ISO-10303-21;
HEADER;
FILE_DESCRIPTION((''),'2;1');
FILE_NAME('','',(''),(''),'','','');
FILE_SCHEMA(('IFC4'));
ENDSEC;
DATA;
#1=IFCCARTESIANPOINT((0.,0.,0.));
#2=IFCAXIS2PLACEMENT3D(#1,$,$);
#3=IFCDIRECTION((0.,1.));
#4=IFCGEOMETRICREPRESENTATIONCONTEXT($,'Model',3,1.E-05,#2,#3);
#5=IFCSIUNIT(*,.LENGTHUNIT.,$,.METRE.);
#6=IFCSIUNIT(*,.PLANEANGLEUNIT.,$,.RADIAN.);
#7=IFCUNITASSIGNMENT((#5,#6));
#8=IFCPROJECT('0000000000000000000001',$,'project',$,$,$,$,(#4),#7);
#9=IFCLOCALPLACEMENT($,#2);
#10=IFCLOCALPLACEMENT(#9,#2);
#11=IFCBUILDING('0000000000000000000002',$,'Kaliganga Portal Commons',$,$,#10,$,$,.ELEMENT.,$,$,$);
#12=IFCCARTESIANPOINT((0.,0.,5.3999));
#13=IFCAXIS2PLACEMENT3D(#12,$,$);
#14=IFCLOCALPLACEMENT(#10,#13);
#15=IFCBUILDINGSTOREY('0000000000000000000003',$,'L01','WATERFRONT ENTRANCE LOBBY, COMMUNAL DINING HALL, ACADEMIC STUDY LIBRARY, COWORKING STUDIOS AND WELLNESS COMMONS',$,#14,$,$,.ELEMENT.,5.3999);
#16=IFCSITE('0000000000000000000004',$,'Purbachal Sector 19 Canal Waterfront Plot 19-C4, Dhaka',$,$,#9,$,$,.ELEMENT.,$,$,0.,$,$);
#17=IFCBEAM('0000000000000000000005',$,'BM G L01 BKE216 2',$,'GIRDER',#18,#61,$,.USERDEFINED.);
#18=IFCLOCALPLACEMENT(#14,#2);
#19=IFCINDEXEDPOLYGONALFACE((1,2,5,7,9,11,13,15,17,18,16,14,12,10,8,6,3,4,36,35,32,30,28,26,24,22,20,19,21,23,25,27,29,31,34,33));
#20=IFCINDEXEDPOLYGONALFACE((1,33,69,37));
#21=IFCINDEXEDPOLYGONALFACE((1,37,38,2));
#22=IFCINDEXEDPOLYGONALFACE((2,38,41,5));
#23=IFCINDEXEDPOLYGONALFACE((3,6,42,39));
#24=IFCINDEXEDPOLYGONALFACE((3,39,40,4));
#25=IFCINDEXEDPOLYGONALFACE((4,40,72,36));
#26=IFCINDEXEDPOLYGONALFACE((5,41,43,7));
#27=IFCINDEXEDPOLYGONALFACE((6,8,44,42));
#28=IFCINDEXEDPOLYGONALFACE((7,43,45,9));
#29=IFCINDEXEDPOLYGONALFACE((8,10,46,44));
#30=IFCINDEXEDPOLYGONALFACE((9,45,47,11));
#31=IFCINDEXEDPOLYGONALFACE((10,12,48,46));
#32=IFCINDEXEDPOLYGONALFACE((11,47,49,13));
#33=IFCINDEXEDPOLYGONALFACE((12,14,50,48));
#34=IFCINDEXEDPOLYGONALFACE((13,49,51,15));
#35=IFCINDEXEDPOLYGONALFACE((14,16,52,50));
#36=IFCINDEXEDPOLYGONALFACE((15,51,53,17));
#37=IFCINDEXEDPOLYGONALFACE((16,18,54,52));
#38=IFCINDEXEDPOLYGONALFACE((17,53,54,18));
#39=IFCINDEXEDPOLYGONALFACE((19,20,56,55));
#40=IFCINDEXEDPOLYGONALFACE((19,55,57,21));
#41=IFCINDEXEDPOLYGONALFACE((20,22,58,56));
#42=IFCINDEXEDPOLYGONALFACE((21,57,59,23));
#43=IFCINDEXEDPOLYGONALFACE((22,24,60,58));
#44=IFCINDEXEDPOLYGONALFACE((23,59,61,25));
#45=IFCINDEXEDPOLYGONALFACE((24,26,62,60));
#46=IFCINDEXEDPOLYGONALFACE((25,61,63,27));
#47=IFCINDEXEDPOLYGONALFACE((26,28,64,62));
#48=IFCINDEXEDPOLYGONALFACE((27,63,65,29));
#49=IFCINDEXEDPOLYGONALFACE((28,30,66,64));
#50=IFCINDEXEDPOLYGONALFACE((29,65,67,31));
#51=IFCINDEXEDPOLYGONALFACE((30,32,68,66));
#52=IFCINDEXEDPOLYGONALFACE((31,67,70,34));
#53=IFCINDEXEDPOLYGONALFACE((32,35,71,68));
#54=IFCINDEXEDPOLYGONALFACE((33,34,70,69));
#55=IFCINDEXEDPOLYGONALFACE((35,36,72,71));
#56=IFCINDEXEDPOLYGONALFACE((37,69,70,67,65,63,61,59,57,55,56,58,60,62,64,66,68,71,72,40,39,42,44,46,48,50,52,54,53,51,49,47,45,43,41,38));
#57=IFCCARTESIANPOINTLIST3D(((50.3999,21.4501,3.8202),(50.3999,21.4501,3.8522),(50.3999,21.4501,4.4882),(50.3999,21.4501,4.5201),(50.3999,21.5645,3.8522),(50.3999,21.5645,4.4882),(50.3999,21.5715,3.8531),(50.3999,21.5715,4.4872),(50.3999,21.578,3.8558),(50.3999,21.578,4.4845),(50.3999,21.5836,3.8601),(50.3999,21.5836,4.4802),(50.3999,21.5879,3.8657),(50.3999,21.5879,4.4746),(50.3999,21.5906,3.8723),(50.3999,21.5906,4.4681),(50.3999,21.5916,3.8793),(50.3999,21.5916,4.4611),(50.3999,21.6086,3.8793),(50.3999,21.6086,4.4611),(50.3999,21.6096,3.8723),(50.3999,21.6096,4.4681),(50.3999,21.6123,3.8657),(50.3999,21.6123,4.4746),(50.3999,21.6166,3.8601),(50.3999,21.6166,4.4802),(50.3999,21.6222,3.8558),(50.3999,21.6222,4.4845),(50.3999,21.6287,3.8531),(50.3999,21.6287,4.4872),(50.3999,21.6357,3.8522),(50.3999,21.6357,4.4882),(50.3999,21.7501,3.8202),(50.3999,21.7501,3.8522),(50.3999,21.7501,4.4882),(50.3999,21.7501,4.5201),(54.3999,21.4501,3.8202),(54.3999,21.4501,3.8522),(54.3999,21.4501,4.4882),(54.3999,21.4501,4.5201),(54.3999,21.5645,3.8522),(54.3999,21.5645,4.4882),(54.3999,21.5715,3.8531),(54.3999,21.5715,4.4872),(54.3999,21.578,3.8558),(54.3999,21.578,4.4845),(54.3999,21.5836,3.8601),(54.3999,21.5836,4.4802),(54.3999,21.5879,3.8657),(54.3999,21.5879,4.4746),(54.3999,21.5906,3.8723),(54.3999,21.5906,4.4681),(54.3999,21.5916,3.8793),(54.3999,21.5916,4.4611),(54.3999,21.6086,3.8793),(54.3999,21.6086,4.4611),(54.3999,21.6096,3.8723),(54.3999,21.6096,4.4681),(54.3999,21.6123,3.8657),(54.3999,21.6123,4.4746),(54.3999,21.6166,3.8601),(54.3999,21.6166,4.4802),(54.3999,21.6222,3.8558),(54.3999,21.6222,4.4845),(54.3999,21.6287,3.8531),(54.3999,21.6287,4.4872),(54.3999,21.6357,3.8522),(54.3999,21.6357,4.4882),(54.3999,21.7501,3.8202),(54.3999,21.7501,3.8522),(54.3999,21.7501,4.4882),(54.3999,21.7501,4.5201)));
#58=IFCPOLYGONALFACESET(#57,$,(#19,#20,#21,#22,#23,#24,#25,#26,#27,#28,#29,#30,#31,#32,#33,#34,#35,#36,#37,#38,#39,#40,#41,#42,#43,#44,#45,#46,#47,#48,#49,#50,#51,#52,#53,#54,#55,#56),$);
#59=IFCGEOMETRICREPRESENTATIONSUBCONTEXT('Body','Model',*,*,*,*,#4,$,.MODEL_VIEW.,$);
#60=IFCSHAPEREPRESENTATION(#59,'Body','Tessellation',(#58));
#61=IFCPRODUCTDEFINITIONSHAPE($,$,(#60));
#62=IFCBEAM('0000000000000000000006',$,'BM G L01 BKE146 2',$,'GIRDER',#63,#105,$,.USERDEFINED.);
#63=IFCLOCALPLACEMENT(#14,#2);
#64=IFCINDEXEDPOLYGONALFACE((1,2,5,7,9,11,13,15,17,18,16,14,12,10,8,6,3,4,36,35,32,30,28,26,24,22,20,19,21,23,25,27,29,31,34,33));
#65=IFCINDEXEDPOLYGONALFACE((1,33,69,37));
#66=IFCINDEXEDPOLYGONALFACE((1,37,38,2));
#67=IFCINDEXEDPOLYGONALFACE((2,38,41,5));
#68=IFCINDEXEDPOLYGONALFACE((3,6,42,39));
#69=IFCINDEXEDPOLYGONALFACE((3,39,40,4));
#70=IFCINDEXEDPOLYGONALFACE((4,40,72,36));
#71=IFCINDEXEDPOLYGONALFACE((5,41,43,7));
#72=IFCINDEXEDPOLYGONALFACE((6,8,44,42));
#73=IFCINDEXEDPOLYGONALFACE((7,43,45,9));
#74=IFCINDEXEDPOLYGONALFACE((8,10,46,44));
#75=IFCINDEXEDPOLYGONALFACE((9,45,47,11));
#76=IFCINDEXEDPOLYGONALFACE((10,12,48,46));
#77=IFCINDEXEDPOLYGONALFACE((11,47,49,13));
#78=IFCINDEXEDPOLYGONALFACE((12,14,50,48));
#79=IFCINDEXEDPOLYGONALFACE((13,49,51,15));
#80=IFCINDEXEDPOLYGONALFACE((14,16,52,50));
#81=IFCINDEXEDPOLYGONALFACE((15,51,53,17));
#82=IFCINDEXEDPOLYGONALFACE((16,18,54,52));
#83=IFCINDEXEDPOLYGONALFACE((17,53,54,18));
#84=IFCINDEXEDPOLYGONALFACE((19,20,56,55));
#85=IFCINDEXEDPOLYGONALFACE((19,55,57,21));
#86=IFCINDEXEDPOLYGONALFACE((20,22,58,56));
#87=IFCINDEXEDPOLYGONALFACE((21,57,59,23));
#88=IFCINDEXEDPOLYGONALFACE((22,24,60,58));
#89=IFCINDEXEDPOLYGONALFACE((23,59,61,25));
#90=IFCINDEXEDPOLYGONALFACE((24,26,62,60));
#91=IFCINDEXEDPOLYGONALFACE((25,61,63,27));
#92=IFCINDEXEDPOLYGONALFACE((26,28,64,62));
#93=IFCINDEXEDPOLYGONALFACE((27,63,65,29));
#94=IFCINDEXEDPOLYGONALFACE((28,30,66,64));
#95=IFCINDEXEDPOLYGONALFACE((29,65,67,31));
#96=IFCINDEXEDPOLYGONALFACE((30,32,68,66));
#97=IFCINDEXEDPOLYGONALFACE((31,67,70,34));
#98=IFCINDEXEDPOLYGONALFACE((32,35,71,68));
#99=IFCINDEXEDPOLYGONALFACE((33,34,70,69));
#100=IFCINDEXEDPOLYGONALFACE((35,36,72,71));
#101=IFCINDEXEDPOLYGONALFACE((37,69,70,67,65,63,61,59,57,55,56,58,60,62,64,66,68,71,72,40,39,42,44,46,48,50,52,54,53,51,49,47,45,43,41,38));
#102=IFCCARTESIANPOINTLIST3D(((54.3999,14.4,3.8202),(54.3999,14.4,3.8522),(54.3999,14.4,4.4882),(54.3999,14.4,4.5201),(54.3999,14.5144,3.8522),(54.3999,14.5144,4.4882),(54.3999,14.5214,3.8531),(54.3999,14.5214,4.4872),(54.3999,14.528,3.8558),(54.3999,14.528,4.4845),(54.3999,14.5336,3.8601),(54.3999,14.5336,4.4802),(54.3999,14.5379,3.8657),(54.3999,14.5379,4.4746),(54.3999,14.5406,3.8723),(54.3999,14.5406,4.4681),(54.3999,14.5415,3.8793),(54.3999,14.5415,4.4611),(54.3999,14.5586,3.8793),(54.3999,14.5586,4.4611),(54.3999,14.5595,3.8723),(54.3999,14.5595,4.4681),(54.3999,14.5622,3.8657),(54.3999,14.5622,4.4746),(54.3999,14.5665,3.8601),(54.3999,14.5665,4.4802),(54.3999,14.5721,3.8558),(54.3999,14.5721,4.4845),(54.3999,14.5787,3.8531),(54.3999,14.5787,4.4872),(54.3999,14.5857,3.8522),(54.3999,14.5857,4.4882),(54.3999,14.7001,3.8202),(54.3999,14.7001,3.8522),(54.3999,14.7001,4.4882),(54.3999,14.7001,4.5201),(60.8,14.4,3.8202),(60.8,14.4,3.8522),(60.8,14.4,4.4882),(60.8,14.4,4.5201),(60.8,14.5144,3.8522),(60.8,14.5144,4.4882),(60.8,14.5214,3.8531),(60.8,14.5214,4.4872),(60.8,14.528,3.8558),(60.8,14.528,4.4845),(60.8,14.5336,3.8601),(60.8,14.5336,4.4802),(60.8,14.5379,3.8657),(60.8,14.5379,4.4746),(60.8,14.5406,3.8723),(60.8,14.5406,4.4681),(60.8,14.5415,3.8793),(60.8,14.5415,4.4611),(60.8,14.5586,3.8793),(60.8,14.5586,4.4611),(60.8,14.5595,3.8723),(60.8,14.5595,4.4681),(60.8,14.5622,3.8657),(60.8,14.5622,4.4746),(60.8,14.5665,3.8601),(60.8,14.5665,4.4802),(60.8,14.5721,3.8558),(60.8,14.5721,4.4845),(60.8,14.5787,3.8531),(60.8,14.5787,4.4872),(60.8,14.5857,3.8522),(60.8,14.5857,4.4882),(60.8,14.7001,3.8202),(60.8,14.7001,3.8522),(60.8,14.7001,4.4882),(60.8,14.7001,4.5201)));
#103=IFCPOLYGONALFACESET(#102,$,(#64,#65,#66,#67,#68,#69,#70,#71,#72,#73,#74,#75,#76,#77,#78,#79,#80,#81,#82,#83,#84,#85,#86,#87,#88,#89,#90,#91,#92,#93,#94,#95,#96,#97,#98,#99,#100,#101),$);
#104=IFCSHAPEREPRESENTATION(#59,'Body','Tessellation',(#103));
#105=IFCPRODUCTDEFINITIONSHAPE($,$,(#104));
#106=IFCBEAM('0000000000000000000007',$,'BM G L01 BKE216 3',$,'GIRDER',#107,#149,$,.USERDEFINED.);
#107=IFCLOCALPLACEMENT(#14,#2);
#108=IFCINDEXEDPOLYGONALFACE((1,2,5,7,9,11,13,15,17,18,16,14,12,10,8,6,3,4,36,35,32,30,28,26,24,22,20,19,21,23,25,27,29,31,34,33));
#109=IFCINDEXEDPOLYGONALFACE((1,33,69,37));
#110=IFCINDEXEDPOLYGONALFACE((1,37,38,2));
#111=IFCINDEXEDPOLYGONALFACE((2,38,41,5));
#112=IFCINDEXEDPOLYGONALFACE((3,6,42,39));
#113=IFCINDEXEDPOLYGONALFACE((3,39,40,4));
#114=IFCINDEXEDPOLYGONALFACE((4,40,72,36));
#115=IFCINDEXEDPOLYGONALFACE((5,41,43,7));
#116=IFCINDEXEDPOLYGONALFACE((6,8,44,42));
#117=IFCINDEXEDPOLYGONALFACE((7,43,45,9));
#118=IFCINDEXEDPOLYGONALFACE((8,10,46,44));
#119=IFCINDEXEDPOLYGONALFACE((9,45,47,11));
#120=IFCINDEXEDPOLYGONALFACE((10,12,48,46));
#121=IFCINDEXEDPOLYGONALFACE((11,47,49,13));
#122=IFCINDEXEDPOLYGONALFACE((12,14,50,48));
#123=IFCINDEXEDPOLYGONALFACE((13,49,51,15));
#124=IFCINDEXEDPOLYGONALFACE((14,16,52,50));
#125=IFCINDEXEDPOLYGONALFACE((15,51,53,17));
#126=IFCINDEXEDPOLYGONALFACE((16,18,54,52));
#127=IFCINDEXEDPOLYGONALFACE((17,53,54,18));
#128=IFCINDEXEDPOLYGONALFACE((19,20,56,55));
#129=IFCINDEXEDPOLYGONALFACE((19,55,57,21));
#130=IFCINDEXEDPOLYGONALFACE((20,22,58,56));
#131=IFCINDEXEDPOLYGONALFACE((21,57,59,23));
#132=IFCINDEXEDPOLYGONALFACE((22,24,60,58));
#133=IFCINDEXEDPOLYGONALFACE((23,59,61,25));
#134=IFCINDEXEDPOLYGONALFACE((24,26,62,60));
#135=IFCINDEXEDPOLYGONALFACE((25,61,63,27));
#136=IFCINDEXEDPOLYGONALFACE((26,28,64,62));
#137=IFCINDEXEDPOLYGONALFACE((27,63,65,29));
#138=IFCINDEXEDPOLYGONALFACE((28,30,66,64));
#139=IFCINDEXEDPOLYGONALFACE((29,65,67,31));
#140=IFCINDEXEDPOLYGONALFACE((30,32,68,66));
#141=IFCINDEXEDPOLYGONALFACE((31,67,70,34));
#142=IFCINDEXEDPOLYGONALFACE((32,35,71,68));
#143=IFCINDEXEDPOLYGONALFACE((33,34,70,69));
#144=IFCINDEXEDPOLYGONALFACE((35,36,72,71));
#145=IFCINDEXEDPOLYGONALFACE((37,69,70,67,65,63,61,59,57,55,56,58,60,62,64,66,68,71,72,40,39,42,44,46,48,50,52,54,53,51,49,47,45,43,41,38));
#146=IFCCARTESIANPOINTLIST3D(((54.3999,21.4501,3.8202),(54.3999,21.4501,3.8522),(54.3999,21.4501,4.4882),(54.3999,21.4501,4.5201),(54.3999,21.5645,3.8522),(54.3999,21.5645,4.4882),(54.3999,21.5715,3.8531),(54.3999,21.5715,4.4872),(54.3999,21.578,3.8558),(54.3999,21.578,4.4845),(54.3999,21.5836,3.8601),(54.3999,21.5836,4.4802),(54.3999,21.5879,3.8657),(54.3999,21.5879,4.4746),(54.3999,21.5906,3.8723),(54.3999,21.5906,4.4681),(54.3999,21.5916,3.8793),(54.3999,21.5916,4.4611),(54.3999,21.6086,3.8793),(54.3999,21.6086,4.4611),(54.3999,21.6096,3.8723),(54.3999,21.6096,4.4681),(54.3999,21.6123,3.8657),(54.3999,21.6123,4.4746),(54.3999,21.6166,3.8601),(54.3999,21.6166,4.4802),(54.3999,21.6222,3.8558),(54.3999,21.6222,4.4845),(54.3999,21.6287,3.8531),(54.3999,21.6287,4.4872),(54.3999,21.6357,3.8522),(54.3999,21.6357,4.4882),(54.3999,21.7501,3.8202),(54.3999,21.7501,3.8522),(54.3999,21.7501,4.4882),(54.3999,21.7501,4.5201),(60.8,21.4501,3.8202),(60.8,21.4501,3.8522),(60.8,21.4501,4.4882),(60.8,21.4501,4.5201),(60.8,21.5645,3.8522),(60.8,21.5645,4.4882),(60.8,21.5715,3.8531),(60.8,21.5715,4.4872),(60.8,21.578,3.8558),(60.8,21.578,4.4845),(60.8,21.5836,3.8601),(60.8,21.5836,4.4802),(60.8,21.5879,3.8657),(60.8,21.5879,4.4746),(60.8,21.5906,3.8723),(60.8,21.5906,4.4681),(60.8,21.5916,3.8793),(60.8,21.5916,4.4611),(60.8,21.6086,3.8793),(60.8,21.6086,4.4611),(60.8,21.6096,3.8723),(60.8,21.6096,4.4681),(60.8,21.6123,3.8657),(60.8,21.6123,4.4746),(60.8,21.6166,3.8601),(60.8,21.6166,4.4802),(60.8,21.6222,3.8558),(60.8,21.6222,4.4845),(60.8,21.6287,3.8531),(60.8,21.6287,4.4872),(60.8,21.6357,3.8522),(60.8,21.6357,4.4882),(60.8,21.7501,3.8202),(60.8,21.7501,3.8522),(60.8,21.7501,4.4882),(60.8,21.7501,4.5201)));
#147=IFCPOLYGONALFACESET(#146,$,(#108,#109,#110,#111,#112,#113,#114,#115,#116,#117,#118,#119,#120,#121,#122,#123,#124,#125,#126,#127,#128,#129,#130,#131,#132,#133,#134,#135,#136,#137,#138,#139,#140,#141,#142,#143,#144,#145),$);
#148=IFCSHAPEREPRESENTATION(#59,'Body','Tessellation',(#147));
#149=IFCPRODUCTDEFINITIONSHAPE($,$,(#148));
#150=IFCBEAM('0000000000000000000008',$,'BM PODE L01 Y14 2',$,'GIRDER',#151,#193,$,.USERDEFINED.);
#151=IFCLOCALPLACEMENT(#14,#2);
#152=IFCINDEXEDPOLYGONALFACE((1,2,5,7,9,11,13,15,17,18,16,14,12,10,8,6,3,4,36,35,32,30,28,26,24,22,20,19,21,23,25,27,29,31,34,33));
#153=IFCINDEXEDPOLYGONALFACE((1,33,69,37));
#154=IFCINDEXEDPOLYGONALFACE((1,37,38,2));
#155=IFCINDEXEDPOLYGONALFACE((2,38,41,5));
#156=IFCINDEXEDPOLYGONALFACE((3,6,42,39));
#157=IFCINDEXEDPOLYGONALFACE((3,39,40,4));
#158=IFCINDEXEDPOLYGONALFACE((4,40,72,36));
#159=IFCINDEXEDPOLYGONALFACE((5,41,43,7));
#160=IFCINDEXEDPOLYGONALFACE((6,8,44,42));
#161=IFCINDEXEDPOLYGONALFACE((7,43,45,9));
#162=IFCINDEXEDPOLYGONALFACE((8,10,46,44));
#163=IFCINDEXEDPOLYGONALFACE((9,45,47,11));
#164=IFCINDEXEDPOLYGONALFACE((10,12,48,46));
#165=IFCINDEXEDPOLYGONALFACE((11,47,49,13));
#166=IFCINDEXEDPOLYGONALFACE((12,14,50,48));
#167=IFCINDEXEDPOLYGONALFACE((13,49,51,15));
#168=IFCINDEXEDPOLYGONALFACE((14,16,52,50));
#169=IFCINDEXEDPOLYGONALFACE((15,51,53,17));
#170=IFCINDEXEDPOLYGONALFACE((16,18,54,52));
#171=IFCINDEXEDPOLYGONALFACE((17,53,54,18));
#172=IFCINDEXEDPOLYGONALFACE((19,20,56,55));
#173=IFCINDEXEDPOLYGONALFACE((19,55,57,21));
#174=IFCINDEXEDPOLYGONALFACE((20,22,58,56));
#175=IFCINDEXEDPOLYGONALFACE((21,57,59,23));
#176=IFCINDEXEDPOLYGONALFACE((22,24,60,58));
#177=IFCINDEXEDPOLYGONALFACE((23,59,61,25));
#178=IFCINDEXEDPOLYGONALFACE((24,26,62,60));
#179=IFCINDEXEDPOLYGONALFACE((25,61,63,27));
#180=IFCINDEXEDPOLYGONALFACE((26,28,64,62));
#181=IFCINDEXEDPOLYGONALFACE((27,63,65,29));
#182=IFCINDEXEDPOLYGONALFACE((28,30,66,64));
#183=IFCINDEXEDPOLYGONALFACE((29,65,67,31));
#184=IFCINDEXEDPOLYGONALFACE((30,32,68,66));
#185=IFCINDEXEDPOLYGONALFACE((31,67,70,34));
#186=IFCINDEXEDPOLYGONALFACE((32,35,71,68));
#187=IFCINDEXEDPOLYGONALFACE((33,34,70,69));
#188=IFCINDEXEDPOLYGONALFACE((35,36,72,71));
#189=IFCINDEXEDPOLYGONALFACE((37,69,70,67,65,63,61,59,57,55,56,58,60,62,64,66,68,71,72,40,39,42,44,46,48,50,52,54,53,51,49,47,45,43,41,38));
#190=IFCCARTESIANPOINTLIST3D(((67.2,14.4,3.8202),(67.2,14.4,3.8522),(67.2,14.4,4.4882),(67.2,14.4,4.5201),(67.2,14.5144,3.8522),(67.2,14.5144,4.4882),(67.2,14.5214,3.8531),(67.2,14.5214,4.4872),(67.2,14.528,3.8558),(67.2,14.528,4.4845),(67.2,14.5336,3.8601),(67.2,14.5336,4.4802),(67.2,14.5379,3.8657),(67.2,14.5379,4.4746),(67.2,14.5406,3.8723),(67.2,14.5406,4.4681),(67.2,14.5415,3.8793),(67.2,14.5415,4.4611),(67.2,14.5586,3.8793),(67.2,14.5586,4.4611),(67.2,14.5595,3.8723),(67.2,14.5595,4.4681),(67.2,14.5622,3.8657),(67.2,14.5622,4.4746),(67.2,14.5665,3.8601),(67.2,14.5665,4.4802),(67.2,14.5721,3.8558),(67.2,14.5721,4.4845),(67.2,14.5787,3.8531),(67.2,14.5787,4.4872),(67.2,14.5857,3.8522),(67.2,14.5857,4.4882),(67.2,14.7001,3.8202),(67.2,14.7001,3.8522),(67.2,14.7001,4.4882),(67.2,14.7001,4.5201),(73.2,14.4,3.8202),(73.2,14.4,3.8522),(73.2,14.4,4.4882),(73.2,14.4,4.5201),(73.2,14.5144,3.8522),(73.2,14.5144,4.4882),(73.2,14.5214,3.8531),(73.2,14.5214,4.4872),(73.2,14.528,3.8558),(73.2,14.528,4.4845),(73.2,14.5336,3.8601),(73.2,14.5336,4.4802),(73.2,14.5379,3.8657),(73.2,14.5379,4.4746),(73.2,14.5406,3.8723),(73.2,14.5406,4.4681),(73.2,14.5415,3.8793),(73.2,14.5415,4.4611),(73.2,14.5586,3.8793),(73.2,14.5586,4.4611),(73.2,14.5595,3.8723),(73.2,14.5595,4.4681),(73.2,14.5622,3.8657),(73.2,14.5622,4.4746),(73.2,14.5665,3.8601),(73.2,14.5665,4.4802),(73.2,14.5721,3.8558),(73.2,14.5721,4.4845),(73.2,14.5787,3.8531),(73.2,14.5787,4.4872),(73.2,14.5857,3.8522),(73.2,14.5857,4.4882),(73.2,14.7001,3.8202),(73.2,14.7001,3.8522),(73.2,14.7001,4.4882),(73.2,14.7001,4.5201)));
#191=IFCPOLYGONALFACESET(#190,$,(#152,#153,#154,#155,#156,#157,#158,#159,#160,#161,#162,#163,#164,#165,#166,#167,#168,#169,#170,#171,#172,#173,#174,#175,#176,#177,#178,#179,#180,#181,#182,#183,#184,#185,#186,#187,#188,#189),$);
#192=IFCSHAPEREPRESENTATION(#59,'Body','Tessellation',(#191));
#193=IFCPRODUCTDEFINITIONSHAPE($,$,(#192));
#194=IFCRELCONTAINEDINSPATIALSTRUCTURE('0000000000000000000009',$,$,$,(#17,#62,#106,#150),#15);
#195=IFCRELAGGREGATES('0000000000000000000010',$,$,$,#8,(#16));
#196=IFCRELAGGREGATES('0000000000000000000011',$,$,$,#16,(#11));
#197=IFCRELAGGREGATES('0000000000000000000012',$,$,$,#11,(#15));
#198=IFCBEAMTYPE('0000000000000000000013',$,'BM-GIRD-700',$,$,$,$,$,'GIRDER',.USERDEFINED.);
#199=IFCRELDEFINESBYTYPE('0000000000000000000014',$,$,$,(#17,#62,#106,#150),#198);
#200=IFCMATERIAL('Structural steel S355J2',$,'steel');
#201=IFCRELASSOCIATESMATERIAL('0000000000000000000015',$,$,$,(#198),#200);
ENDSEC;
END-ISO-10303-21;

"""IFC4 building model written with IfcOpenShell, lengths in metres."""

from ifc_helpers import new_model, si_unit, direction, frame, origin, origin_2d, place, context, subcontext, project, spatial, i_section, extrude, source, transform, mapped, material, material_profile, profile_set, type_object, element, save


model = new_model("IFC4")

# Units and contexts
model_context = context("Model", 3, precision=1e-05, world=origin(), true_north=direction((0.0, 1.0)))
body_context = subcontext(model_context, "Body", "Model", "MODEL_VIEW")
ifc_project = project(units=[si_unit("LENGTHUNIT", "METRE"), si_unit("PLANEANGLEUNIT", "RADIAN")], contexts=[model_context])

# Site, building, storey
site_placement = place(None, origin())
site = spatial("IfcSite", under=ifc_project, at=site_placement, Name="Purbachal Sector 19 Canal Waterfront Plot 19-C4, Dhaka", CompositionType="ELEMENT", RefElevation=0.0)
building_placement = place(site_placement, origin())
building = spatial("IfcBuilding", under=site, at=building_placement, Name="Kaliganga Portal Commons", CompositionType="ELEMENT")
storey_placement = place(building_placement, frame((0.0, 0.0, 5.3999)))
storey = spatial("IfcBuildingStorey", under=building, at=storey_placement, Name="L01", Description="WATERFRONT ENTRANCE LOBBY, COMMUNAL DINING HALL, ACADEMIC STUDY LIBRARY, COWORKING STUDIOS AND WELLNESS COMMONS", CompositionType="ELEMENT", Elevation=5.3999)

# Beams
ifc_material_1 = material(Name="Structural steel S355J2", Category="steel")
ifc_material_profile_1 = material_profile(ifc_material_1, i_section(OverallWidth=0.3, OverallDepth=0.7, WebThickness=0.0171, FlangeThickness=0.032, FilletRadius=0.0271, at=origin_2d()), Name="HE 700 B")
ifc_profile_set_1 = profile_set([ifc_material_profile_1], Name="Structural steel S355J2 wide-flange")
beam_type_1 = type_object("IfcBeamType", Name="BM-GIRD-700", ElementType="GIRDER", PredefinedType="USERDEFINED", material=ifc_profile_set_1)
shared_shape_1 = source(origin(), body_context, "Body", "SweptSolid", [
    extrude(i_section(OverallWidth=0.3, OverallDepth=0.7, WebThickness=0.0171, FlangeThickness=0.032, FilletRadius=0.0271, at=origin_2d()), origin(), (0.0, 0.0, 1.0), 4.0),
])
beam_1_placement = place(storey_placement, frame((50.3999, 21.6001, 4.1702), z_axis=(1.0, 0.0, 0.0), x_axis=(0.0, 1.0, 0.0)))
element("IfcBeam", 1, at=beam_1_placement, inside=storey, type_object=beam_type_1, Name="BM G L01 BKE216 2", ObjectType="GIRDER", PredefinedType="USERDEFINED", context=body_context, shape_type="MappedRepresentation", body=[
    mapped(shared_shape_1, transform((0.0, 0.0, 0.0), x_axis=(1.0, 0.0, 0.0), y_axis=(0.0, 1.0, 0.0), z_axis=(0.0, 0.0, 1.0), scale=1.0)),
])
shared_shape_2 = source(origin(), body_context, "Body", "SweptSolid", [
    extrude(i_section(OverallWidth=0.3, OverallDepth=0.7, WebThickness=0.0171, FlangeThickness=0.032, FilletRadius=0.0271, at=origin_2d()), origin(), (0.0, 0.0, 1.0), 6.4001),
])
for number, where, z_axis, x_axis, name in (
    (2, (54.3999, 14.55, 4.1702), (1.0, 0.0, 0.0), (0.0, 1.0, 0.0), "BM G L01 BKE146 2"),
    (3, (54.3999, 21.6001, 4.1702), (1.0, 0.0, 0.0), (0.0, 1.0, 0.0), "BM G L01 BKE216 3"),
):
    element("IfcBeam", number, at=place(storey_placement, frame(where, z_axis=z_axis, x_axis=x_axis)), inside=storey, type_object=beam_type_1, Name=name, ObjectType="GIRDER", PredefinedType="USERDEFINED", context=body_context, shape_type="MappedRepresentation", body=[
        mapped(shared_shape_2, transform((0.0, 0.0, 0.0), x_axis=(1.0, 0.0, 0.0), y_axis=(0.0, 1.0, 0.0), z_axis=(0.0, 0.0, 1.0), scale=1.0)),
    ])
shared_shape_3 = source(origin(), body_context, "Body", "SweptSolid", [
    extrude(i_section(OverallWidth=0.3, OverallDepth=0.7, WebThickness=0.0171, FlangeThickness=0.032, FilletRadius=0.0271, at=origin_2d()), origin(), (0.0, 0.0, 1.0), 6.0),
])
for number, where, z_axis, x_axis, name in (
    (4, (67.2, 14.55, 4.1702), (1.0, 0.0, 0.0), (0.0, 1.0, 0.0), "BM PODE L01 Y14 2"),
):
    element("IfcBeam", number, at=place(storey_placement, frame(where, z_axis=z_axis, x_axis=x_axis)), inside=storey, type_object=beam_type_1, Name=name, ObjectType="GIRDER", PredefinedType="USERDEFINED", context=body_context, shape_type="MappedRepresentation", body=[
        mapped(shared_shape_3, transform((0.0, 0.0, 0.0), x_axis=(1.0, 0.0, 0.0), y_axis=(0.0, 1.0, 0.0), z_axis=(0.0, 0.0, 1.0), scale=1.0)),
    ])

save(model, "model.ifc")
